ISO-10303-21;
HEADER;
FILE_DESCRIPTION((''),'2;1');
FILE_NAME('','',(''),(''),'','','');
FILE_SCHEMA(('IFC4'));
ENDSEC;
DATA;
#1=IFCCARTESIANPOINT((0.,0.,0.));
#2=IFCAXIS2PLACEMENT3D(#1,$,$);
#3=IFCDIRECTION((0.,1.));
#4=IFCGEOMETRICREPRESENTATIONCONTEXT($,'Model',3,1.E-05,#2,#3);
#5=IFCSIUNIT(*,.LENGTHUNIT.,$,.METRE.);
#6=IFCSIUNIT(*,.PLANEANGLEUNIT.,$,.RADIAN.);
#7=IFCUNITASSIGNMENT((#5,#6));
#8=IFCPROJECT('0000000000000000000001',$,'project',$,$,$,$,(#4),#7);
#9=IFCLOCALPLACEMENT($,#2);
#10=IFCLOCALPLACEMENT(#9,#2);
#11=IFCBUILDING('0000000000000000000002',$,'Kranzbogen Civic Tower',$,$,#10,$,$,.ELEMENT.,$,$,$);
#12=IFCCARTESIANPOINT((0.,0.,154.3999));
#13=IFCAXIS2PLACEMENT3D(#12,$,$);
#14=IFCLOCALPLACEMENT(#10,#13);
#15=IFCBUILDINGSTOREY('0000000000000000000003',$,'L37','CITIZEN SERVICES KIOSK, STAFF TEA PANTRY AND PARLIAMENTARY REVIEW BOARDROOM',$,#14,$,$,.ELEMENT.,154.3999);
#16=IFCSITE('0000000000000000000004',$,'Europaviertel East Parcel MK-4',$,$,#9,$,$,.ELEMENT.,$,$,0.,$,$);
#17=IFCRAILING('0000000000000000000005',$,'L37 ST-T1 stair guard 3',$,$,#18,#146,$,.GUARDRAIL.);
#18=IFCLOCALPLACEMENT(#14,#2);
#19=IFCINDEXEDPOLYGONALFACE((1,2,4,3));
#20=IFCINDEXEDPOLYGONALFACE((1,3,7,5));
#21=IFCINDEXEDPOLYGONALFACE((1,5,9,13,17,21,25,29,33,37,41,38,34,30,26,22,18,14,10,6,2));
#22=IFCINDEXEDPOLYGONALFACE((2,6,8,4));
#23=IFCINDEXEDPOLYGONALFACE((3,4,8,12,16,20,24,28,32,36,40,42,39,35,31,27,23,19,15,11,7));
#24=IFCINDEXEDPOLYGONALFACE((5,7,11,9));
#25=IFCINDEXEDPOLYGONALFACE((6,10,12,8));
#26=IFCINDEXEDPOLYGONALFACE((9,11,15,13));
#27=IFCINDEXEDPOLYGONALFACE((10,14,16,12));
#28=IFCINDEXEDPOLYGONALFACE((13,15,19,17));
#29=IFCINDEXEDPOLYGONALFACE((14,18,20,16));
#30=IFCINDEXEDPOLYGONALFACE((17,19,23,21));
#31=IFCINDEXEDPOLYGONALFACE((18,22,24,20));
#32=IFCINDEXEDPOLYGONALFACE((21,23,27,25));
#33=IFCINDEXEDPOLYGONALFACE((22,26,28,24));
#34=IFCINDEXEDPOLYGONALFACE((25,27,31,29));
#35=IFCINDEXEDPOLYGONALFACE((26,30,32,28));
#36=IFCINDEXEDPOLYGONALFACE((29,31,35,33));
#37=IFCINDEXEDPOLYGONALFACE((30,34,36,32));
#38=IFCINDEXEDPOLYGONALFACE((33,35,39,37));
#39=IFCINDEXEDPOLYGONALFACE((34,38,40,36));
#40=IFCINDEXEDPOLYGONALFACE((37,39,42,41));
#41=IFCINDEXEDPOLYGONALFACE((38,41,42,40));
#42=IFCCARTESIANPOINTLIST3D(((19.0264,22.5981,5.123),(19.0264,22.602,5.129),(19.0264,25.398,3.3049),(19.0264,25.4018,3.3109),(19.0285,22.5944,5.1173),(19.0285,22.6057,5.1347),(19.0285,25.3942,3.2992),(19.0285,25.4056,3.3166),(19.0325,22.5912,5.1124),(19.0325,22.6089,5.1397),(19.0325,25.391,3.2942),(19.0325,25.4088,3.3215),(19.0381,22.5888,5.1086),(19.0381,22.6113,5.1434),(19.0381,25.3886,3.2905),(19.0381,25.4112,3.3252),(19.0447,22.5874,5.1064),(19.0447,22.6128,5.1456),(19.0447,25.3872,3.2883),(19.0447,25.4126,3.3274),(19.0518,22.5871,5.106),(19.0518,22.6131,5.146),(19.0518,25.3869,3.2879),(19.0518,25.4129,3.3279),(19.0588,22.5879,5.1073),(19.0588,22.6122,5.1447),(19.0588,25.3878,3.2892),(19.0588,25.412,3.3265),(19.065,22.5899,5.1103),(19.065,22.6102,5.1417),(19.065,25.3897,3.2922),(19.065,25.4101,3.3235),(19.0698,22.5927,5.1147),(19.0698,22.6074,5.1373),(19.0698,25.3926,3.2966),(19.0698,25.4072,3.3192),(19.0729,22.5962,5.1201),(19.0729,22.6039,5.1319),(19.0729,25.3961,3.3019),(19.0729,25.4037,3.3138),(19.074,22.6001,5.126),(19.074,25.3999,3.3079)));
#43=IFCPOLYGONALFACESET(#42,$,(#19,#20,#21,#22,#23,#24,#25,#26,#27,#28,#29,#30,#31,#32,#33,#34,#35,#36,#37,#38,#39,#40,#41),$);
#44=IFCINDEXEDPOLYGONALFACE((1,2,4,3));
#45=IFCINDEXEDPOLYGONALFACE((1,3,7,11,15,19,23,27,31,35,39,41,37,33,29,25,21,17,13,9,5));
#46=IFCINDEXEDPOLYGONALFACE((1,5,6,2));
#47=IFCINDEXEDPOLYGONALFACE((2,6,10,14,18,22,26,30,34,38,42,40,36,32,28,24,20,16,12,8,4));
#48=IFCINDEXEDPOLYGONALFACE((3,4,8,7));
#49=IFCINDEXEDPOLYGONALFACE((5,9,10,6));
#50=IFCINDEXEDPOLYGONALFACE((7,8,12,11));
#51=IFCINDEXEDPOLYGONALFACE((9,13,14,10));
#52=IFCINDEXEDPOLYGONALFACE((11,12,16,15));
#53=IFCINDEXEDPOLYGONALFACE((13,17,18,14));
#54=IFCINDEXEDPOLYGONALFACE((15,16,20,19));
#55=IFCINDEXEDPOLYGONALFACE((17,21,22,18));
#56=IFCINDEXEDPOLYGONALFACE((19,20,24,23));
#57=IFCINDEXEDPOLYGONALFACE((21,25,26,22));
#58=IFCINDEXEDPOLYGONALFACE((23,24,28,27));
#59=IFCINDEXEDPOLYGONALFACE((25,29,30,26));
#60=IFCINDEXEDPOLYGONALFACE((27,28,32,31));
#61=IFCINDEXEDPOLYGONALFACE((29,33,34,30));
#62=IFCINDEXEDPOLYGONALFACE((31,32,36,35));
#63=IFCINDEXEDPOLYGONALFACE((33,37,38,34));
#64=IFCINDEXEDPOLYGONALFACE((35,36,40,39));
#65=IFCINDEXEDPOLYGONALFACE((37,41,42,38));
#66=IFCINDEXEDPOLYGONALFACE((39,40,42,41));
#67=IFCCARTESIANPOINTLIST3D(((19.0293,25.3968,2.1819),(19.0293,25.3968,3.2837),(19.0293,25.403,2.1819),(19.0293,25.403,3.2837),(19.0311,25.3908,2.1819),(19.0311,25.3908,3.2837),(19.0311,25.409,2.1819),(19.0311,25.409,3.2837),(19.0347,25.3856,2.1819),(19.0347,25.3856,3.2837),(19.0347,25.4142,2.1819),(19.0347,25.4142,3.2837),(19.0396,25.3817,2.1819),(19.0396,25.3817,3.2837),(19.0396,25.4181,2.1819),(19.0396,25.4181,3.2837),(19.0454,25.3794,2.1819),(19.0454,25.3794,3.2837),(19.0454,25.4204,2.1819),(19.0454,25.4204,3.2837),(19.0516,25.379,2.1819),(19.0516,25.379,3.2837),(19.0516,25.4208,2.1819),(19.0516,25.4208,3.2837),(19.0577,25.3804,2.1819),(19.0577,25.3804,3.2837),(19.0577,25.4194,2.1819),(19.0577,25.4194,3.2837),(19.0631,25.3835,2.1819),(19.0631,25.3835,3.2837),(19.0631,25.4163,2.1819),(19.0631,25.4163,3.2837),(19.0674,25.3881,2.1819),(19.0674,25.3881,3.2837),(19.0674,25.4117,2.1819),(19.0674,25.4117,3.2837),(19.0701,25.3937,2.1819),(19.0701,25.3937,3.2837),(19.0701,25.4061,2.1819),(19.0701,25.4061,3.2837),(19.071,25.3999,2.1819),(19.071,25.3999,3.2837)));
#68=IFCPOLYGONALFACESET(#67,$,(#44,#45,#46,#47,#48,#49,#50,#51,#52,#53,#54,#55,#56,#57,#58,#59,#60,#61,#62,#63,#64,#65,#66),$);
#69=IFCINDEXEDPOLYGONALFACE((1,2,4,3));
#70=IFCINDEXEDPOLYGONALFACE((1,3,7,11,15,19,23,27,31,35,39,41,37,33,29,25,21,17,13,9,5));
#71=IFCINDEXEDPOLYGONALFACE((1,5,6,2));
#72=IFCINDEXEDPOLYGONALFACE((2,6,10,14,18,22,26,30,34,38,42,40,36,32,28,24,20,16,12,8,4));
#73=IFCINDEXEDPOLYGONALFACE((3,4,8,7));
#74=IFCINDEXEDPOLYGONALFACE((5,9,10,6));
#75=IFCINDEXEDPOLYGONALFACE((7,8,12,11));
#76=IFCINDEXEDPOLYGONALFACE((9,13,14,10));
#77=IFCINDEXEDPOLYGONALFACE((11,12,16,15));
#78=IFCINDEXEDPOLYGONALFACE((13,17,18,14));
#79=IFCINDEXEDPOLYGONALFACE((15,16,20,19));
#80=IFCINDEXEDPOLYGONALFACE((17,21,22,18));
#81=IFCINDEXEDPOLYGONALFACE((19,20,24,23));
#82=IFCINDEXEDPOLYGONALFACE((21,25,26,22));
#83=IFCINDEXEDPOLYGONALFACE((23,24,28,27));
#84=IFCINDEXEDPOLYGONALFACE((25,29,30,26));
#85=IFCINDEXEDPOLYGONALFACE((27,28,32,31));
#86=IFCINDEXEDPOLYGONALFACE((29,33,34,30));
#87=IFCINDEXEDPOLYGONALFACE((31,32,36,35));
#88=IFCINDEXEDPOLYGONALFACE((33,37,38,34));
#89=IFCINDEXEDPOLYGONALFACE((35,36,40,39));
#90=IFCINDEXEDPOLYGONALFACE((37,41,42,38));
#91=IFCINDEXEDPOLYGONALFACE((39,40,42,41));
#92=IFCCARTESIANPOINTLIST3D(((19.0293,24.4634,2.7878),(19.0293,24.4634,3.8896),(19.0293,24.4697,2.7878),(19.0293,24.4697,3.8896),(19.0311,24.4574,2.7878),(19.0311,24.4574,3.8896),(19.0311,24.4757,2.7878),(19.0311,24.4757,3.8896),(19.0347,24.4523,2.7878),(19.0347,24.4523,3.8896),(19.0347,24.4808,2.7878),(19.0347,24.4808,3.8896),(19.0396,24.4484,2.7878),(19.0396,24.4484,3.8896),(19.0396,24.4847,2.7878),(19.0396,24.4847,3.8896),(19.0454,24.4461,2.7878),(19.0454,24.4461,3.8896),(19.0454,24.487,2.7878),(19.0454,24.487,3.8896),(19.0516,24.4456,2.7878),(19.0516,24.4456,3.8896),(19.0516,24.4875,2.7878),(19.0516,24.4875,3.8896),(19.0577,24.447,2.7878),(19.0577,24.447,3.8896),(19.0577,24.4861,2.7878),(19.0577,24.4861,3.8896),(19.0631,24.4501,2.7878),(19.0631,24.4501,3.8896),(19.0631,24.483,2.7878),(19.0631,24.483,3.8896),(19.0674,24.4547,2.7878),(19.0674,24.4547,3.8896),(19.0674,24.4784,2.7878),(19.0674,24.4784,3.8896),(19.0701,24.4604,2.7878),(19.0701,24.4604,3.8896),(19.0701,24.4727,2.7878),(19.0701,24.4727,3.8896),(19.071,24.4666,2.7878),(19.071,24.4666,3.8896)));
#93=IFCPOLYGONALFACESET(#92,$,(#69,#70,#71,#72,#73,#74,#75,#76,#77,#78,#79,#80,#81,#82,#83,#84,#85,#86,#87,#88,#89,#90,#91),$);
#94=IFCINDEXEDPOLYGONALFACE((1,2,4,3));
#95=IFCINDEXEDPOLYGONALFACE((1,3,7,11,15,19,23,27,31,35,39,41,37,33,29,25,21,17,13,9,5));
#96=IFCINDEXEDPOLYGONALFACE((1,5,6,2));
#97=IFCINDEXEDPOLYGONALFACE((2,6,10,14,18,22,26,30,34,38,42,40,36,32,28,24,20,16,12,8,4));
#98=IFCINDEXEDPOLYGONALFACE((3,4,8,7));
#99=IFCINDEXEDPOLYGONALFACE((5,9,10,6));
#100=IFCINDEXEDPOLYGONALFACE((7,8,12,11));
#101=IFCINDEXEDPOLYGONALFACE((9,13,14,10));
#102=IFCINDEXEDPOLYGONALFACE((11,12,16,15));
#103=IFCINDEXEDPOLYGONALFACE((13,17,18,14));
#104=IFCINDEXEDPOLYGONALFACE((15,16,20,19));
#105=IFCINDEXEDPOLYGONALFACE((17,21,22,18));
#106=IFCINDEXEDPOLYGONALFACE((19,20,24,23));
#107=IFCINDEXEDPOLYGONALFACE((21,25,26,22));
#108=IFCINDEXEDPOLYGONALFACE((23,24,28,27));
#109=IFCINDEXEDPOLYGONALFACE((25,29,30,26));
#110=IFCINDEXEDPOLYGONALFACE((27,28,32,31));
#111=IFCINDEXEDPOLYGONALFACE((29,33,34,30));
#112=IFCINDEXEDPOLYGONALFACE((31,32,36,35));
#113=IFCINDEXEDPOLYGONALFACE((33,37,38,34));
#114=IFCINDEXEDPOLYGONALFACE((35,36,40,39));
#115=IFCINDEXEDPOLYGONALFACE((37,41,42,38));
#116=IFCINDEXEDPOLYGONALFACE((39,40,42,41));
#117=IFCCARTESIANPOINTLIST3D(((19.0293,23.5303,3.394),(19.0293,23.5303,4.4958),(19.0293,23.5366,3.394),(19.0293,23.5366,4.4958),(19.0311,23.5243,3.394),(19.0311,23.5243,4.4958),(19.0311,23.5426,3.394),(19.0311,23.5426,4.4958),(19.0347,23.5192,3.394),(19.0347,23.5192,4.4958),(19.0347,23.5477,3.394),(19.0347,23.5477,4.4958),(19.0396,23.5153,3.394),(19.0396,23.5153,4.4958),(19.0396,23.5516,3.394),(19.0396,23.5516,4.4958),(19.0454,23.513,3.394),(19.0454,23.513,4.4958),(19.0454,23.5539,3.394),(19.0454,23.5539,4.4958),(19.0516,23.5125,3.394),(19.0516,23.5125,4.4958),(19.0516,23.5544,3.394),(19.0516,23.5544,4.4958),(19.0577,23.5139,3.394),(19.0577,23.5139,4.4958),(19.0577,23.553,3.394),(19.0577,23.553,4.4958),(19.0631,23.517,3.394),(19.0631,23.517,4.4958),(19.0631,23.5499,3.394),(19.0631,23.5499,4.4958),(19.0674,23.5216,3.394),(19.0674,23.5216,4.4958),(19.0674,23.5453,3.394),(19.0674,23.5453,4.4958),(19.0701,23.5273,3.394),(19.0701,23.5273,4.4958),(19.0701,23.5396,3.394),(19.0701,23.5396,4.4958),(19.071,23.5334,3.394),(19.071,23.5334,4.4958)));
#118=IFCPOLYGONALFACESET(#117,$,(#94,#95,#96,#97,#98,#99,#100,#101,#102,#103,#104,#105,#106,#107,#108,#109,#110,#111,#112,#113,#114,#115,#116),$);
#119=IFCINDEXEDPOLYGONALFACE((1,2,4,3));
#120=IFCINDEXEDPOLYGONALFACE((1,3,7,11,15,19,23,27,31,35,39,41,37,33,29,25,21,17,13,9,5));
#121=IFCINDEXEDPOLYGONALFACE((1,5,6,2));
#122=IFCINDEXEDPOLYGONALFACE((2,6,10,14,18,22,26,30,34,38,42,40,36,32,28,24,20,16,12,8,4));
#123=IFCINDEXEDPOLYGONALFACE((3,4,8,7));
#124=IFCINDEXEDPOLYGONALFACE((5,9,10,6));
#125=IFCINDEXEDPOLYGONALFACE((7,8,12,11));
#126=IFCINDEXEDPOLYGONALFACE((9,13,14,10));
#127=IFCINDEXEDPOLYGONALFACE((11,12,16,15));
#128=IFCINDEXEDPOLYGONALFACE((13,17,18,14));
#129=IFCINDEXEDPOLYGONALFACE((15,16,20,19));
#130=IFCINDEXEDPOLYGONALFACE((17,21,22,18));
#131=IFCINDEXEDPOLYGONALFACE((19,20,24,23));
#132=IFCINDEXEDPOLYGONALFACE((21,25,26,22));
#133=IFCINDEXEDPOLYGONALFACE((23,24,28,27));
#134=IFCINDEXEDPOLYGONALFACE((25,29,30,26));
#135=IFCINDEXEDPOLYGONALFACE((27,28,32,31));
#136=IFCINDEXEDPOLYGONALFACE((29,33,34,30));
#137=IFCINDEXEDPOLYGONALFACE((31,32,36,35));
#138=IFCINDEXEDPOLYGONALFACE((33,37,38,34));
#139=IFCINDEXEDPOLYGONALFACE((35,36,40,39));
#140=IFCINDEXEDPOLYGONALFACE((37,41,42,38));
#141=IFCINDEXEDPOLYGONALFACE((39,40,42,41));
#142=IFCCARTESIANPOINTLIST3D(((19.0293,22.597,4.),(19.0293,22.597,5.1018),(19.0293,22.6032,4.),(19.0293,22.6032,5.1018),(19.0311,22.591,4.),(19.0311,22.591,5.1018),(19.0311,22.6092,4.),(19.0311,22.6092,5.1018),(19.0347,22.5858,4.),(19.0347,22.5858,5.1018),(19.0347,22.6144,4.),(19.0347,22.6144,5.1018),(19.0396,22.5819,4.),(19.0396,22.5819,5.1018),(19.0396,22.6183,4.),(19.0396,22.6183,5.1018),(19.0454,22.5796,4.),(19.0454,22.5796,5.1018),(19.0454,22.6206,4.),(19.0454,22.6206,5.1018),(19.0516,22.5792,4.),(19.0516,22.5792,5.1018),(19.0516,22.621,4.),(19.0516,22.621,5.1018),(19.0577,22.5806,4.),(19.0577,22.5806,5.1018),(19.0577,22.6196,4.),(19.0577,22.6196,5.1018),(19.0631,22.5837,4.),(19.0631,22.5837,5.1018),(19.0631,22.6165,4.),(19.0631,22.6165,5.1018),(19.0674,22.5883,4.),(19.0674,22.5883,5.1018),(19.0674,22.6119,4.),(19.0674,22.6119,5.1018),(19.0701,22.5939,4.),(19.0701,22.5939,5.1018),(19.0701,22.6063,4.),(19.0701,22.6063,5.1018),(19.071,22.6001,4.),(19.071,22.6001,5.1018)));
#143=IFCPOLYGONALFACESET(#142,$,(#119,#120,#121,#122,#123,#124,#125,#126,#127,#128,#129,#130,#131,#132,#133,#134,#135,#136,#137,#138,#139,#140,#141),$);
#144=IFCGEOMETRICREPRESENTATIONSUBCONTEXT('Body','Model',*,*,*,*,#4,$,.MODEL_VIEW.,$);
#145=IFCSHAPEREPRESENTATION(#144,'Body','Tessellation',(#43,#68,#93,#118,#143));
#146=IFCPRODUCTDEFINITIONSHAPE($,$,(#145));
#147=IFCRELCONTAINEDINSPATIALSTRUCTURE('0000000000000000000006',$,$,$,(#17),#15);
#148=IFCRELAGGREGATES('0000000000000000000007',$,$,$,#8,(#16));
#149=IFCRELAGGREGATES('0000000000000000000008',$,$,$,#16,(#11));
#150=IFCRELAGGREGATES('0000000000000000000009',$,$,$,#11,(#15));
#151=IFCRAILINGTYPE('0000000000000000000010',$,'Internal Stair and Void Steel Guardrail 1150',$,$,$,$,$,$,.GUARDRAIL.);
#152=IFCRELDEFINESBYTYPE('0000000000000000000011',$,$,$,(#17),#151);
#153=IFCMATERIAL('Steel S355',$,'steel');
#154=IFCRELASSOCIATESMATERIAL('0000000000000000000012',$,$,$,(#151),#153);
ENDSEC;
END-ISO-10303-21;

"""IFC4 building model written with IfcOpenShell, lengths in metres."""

from ifc_helpers import new_model, si_unit, direction, frame, origin, origin_2d, place, context, subcontext, project, spatial, circle, extrude, material, type_object, element, save


model = new_model("IFC4")

# Units and contexts
model_context = context("Model", 3, precision=1e-05, world=origin(), true_north=direction((0.0, 1.0)))
body_context = subcontext(model_context, "Body", "Model", "MODEL_VIEW")
ifc_project = project(units=[si_unit("LENGTHUNIT", "METRE"), si_unit("PLANEANGLEUNIT", "RADIAN")], contexts=[model_context])

# Site, building, storey
site_placement = place(None, origin())
site = spatial("IfcSite", under=ifc_project, at=site_placement, Name="Europaviertel East Parcel MK-4", CompositionType="ELEMENT", RefElevation=0.0)
building_placement = place(site_placement, origin())
building = spatial("IfcBuilding", under=site, at=building_placement, Name="Kranzbogen Civic Tower", CompositionType="ELEMENT")
storey_placement = place(building_placement, frame((0.0, 0.0, 154.3999)))
storey = spatial("IfcBuildingStorey", under=building, at=storey_placement, Name="L37", Description="CITIZEN SERVICES KIOSK, STAFF TEA PANTRY AND PARLIAMENTARY REVIEW BOARDROOM", CompositionType="ELEMENT", Elevation=154.3999)

# Shared definitions
ifc_material_1 = material(Name="Steel S355", Category="steel")

# Railing
railing_type_1 = type_object("IfcRailingType", Name="Internal Stair and Void Steel Guardrail 1150", PredefinedType="GUARDRAIL", material=ifc_material_1)
railing_1_placement = place(storey_placement, frame((19.05, 25.3999, 2.1819)))
element("IfcRailing", 1, at=railing_1_placement, inside=storey, type_object=railing_type_1, Name="L37 ST-T1 stair guard 3", PredefinedType="GUARDRAIL", context=body_context, shape_type="SweptSolid", body=[
    extrude(circle(Radius=0.0239, at=origin_2d()), frame((0.0, 0.0, 1.126), z_axis=(0.0, -0.838684, 0.544618), x_axis=(1.0, 0.0, 0.0)), (0.0, 0.0, 1.0), 3.3384),
    extrude(circle(Radius=0.021, at=origin_2d()), origin(), (0.0, 0.0, 1.0), 1.1018),
    extrude(circle(Radius=0.021, at=origin_2d()), frame((0.0, -0.9333, 0.606)), (0.0, 0.0, 1.0), 1.1018),
    extrude(circle(Radius=0.021, at=origin_2d()), frame((0.0, -1.8665, 1.2122)), (0.0, 0.0, 1.0), 1.1018),
    extrude(circle(Radius=0.021, at=origin_2d()), frame((0.0, -2.7998, 1.8181)), (0.0, 0.0, 1.0), 1.1018),
])

save(model, "model.ifc")
